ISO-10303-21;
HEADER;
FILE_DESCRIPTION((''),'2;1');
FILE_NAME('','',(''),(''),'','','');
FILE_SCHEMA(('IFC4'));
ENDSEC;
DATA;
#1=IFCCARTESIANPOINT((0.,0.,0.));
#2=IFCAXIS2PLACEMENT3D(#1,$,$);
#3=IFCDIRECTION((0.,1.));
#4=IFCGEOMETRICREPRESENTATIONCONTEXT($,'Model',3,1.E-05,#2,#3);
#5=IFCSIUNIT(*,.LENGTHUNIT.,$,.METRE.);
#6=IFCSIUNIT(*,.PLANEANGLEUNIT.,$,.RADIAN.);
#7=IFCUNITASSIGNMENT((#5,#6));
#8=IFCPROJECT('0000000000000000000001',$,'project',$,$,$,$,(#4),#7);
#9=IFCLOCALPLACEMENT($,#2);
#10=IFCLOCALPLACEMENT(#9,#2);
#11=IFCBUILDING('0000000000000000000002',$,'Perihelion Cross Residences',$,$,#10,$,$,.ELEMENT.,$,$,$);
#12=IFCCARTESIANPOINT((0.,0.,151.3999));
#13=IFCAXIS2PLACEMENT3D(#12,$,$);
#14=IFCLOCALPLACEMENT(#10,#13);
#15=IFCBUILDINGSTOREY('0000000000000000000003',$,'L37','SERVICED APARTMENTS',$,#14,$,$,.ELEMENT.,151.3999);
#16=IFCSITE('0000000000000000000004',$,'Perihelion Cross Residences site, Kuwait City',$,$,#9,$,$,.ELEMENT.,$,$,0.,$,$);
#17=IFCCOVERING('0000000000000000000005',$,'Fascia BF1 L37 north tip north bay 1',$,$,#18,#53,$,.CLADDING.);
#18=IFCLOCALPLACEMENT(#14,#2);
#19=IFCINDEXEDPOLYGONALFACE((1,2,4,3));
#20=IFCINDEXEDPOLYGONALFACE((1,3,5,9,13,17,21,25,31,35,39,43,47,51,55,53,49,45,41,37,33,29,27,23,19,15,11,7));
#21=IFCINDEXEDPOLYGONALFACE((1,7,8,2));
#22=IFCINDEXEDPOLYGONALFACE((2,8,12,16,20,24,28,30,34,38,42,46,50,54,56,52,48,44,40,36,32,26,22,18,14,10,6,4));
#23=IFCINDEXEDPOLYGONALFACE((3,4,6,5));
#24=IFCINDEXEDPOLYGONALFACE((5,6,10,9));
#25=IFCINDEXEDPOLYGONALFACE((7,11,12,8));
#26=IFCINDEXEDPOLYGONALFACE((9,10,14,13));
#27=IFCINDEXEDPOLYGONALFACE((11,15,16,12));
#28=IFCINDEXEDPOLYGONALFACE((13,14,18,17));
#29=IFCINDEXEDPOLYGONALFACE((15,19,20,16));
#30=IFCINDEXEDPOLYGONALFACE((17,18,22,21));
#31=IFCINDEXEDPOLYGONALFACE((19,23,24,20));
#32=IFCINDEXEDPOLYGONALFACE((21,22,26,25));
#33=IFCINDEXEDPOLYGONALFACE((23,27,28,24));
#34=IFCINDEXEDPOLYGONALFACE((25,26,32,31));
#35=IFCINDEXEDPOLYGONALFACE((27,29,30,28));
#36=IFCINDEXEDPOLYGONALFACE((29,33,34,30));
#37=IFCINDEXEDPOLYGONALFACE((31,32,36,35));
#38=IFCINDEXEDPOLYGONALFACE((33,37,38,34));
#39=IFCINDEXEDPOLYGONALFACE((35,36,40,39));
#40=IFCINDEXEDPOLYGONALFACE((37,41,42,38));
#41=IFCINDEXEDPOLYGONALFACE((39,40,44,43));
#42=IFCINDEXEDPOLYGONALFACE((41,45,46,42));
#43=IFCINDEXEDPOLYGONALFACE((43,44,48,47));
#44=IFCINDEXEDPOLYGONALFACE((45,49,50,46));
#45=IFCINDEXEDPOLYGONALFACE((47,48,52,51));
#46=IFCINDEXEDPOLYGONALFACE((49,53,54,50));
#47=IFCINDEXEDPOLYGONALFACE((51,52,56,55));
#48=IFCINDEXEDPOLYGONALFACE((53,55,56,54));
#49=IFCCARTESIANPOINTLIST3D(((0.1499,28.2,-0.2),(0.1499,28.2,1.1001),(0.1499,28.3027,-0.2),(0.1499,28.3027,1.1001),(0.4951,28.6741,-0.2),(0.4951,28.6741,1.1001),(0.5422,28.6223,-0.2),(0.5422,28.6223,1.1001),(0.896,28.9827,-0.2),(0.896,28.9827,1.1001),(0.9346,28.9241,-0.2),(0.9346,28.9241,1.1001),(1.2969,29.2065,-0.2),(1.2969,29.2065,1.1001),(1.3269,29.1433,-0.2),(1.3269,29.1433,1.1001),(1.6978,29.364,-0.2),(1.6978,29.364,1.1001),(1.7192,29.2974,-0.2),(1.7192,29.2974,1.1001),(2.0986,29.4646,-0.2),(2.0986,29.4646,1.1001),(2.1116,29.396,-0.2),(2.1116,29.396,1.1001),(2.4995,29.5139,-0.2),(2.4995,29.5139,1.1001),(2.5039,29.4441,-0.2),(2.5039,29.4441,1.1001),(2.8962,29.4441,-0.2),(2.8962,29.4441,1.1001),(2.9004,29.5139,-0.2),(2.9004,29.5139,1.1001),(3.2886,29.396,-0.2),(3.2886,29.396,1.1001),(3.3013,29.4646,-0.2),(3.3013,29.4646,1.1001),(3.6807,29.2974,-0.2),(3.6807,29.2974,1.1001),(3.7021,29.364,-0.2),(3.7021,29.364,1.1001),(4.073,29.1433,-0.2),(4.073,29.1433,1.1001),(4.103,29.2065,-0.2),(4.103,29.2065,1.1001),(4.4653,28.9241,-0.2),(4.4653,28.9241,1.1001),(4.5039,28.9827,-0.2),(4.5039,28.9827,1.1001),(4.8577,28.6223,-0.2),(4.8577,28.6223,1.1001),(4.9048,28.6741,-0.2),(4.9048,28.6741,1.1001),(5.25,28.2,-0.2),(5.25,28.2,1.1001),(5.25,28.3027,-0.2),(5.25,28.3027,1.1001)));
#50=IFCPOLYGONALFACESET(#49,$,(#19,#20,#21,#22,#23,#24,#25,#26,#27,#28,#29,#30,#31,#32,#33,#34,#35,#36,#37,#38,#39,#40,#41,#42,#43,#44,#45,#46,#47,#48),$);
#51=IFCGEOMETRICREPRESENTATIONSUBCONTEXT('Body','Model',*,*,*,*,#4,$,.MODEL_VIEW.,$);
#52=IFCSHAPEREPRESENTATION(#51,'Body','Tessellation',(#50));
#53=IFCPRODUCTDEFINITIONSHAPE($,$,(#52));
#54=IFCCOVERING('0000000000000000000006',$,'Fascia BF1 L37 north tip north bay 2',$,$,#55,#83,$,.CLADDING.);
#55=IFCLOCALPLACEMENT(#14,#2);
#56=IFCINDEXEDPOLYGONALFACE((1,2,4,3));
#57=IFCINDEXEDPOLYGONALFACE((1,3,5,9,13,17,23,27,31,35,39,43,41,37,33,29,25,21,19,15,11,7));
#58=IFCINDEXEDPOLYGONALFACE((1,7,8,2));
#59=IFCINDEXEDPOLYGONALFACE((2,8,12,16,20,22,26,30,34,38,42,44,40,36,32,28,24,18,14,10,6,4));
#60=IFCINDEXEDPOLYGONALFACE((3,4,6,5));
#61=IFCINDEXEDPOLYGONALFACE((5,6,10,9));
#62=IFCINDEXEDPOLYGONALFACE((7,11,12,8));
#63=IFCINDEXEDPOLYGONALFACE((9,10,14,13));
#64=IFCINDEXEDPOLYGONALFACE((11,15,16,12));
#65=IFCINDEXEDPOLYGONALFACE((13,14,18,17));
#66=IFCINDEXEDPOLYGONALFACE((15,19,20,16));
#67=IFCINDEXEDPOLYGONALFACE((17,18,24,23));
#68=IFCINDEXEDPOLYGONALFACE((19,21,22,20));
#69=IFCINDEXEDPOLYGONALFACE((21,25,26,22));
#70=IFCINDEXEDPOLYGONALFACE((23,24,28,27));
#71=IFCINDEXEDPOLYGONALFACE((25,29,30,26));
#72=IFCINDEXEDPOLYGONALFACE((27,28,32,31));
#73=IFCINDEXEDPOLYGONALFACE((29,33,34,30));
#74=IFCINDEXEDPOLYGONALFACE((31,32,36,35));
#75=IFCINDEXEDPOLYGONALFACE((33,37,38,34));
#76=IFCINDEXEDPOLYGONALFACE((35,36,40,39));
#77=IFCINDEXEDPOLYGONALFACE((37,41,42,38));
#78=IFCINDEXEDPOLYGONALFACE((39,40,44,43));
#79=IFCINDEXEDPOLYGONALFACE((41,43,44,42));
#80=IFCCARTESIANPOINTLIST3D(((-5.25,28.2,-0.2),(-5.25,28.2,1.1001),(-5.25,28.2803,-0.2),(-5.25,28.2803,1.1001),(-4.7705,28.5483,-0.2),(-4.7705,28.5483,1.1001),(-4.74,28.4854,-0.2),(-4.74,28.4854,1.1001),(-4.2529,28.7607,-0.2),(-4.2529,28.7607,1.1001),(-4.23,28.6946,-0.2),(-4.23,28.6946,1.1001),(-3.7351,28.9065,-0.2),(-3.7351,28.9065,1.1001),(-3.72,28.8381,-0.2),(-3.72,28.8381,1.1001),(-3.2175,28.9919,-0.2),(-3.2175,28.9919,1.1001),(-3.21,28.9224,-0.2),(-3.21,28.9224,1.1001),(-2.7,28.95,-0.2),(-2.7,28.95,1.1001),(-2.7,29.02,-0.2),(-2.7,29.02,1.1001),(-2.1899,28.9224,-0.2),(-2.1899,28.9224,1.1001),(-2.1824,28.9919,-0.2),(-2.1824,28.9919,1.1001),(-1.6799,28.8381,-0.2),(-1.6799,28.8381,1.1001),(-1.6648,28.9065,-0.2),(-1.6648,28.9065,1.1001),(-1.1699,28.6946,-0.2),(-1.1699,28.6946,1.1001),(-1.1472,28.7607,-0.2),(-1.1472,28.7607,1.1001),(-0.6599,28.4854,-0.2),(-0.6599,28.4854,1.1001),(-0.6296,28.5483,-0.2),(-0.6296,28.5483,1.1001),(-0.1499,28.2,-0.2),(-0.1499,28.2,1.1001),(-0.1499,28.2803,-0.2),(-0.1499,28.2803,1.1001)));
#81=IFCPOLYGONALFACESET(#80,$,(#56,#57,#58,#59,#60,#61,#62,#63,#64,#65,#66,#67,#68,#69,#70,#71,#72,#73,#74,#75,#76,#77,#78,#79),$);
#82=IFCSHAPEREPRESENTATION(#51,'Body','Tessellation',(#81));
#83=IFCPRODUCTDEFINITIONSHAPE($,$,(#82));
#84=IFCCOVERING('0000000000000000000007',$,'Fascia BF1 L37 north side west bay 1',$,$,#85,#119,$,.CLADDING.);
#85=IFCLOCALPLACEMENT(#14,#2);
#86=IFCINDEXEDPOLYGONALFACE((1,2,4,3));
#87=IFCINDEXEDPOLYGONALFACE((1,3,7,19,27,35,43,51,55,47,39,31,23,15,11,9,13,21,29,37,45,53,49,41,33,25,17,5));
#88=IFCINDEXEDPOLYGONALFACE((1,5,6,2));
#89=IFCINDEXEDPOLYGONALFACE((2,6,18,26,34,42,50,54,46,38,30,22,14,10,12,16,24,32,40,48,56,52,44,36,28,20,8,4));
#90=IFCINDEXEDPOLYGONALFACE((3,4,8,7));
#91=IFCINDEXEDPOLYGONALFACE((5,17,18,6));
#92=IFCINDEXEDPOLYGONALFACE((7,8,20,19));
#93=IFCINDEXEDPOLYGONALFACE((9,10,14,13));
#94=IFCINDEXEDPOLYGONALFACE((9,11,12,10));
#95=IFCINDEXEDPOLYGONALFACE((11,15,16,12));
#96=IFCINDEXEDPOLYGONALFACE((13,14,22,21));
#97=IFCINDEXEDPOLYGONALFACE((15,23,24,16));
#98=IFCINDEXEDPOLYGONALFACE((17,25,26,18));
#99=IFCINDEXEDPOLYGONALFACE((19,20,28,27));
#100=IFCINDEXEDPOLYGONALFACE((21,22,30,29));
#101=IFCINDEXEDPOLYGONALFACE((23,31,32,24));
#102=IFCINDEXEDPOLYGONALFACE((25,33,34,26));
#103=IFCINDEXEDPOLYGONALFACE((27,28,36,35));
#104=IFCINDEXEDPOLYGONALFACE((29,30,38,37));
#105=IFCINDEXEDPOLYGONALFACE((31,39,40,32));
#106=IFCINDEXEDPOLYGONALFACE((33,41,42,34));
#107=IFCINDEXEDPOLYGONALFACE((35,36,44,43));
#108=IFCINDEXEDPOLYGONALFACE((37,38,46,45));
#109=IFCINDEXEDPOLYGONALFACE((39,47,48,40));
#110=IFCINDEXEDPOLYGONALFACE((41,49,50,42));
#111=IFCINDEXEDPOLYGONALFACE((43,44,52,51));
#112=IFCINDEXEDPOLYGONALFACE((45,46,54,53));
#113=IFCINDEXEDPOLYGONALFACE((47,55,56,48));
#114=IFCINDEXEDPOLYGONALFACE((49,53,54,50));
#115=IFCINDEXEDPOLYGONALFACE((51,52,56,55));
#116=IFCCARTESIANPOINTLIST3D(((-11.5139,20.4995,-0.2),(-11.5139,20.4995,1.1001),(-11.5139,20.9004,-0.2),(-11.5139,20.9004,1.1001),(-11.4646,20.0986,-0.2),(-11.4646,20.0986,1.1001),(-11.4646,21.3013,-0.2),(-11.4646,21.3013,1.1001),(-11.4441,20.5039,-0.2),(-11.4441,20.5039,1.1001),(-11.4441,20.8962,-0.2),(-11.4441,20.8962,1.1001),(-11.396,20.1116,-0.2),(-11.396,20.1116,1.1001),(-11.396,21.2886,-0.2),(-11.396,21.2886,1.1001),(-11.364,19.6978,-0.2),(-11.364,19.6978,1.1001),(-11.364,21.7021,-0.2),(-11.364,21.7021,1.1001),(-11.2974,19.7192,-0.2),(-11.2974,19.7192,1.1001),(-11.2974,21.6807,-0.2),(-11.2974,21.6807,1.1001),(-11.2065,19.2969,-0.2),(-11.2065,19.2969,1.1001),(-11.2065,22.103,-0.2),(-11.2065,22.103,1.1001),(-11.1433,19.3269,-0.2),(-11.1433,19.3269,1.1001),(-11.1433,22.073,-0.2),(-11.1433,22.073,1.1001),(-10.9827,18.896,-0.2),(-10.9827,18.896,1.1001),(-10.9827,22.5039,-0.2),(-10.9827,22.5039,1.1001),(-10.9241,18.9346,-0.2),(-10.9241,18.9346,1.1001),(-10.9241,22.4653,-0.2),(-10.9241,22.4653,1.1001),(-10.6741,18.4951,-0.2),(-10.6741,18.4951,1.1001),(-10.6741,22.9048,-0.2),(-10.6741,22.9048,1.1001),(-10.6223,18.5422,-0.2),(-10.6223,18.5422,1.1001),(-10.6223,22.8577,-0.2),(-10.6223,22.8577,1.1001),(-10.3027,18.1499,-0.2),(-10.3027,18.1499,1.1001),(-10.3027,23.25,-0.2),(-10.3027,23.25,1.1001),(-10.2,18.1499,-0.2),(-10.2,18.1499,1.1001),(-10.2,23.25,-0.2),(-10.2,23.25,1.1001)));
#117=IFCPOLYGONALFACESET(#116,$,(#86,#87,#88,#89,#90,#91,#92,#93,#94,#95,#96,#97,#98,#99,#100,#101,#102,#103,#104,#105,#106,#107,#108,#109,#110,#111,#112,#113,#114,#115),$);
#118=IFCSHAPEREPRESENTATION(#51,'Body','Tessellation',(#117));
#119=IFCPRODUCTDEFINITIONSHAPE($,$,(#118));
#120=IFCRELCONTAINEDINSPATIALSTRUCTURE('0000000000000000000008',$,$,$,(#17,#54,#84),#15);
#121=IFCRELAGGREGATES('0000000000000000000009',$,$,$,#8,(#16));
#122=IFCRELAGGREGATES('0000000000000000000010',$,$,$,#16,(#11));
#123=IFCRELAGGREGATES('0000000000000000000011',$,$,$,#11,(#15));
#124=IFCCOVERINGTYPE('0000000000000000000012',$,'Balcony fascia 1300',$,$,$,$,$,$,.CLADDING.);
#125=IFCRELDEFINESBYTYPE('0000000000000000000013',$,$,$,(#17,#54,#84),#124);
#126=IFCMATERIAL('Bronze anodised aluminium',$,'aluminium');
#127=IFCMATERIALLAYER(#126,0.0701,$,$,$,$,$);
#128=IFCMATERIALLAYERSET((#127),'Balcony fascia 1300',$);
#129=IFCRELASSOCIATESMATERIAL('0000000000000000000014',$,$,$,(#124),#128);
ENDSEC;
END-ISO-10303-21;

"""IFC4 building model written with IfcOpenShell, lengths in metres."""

from ifc_helpers import new_model, si_unit, direction, frame, origin, place, context, subcontext, project, spatial, polyline, outline, extrude, material, layer, layer_set, type_object, element, save


model = new_model("IFC4")

# Units and contexts
model_context = context("Model", 3, precision=1e-05, world=origin(), true_north=direction((0.0, 1.0)))
body_context = subcontext(model_context, "Body", "Model", "MODEL_VIEW")
ifc_project = project(units=[si_unit("LENGTHUNIT", "METRE"), si_unit("PLANEANGLEUNIT", "RADIAN")], contexts=[model_context])

# Site, building, storey
site_placement = place(None, origin())
site = spatial("IfcSite", under=ifc_project, at=site_placement, Name="Perihelion Cross Residences site, Kuwait City", CompositionType="ELEMENT", RefElevation=0.0)
building_placement = place(site_placement, origin())
building = spatial("IfcBuilding", under=site, at=building_placement, Name="Perihelion Cross Residences", CompositionType="ELEMENT")
storey_placement = place(building_placement, frame((0.0, 0.0, 151.3999)))
storey = spatial("IfcBuildingStorey", under=building, at=storey_placement, Name="L37", Description="SERVICED APARTMENTS", CompositionType="ELEMENT", Elevation=151.3999)

# Coverings
ifc_material_1 = material(Name="Bronze anodised aluminium", Category="aluminium")
ifc_layer_1 = layer(ifc_material_1, 0.0701)
ifc_layer_set_1 = layer_set([ifc_layer_1], Name="Balcony fascia 1300")
covering_type = type_object("IfcCoveringType", Name="Balcony fascia 1300", PredefinedType="CLADDING", material=ifc_layer_set_1)
covering_1_placement = place(storey_placement, frame((0.0, 0.0, -0.2)))
element("IfcCovering", 1, at=covering_1_placement, inside=storey, type_object=covering_type, Name="Fascia BF1 L37 north tip north bay 1", PredefinedType="CLADDING", context=body_context, shape_type="SweptSolid", body=[
    extrude(outline(polyline([(4.9048, 28.6741), (4.5039, 28.9827), (4.103, 29.2065), (3.7021, 29.364), (3.3013, 29.4646), (2.9004, 29.5139), (2.4995, 29.5139), (2.0986, 29.4646), (1.6978, 29.364), (1.2969, 29.2065), (0.896, 28.9827), (0.4951, 28.6741), (0.1499, 28.3027), (0.1499, 28.2), (0.5422, 28.6223), (0.9346, 28.9241), (1.3269, 29.1433), (1.7192, 29.2974), (2.1116, 29.396), (2.5039, 29.4441), (2.8962, 29.4441), (3.2886, 29.396), (3.6807, 29.2974), (4.073, 29.1433), (4.4653, 28.9241), (4.8577, 28.6223), (5.25, 28.2), (5.25, 28.3027), (4.9048, 28.6741)])), origin(), (0.0, 0.0, 1.0), 1.3),
])
covering_2_placement = place(storey_placement, frame((0.0, 0.0, -0.2)))
element("IfcCovering", 2, at=covering_2_placement, inside=storey, type_object=covering_type, Name="Fascia BF1 L37 north tip north bay 2", PredefinedType="CLADDING", context=body_context, shape_type="SweptSolid", body=[
    extrude(outline(polyline([(-0.6296, 28.5483), (-1.1472, 28.7607), (-1.6648, 28.9065), (-2.1824, 28.9919), (-2.7, 29.02), (-3.2175, 28.9919), (-3.7351, 28.9065), (-4.2529, 28.7607), (-4.7705, 28.5483), (-5.25, 28.2803), (-5.25, 28.2), (-4.74, 28.4854), (-4.23, 28.6946), (-3.72, 28.8381), (-3.21, 28.9224), (-2.7, 28.95), (-2.1899, 28.9224), (-1.6799, 28.8381), (-1.1699, 28.6946), (-0.6599, 28.4854), (-0.1499, 28.2), (-0.1499, 28.2803), (-0.6296, 28.5483)])), origin(), (0.0, 0.0, 1.0), 1.3),
])
covering_3_placement = place(storey_placement, frame((0.0, 0.0, -0.2)))
element("IfcCovering", 3, at=covering_3_placement, inside=storey, type_object=covering_type, Name="Fascia BF1 L37 north side west bay 1", PredefinedType="CLADDING", context=body_context, shape_type="SweptSolid", body=[
    extrude(outline(polyline([(-10.6741, 22.9048), (-10.9827, 22.5039), (-11.2065, 22.103), (-11.364, 21.7021), (-11.4646, 21.3013), (-11.5139, 20.9004), (-11.5139, 20.4995), (-11.4646, 20.0986), (-11.364, 19.6978), (-11.2065, 19.2969), (-10.9827, 18.896), (-10.6741, 18.4951), (-10.3027, 18.1499), (-10.2, 18.1499), (-10.6223, 18.5422), (-10.9241, 18.9346), (-11.1433, 19.3269), (-11.2974, 19.7192), (-11.396, 20.1116), (-11.4441, 20.5039), (-11.4441, 20.8962), (-11.396, 21.2886), (-11.2974, 21.6807), (-11.1433, 22.073), (-10.9241, 22.4653), (-10.6223, 22.8577), (-10.2, 23.25), (-10.3027, 23.25), (-10.6741, 22.9048)])), origin(), (0.0, 0.0, 1.0), 1.3),
])

save(model, "model.ifc")
